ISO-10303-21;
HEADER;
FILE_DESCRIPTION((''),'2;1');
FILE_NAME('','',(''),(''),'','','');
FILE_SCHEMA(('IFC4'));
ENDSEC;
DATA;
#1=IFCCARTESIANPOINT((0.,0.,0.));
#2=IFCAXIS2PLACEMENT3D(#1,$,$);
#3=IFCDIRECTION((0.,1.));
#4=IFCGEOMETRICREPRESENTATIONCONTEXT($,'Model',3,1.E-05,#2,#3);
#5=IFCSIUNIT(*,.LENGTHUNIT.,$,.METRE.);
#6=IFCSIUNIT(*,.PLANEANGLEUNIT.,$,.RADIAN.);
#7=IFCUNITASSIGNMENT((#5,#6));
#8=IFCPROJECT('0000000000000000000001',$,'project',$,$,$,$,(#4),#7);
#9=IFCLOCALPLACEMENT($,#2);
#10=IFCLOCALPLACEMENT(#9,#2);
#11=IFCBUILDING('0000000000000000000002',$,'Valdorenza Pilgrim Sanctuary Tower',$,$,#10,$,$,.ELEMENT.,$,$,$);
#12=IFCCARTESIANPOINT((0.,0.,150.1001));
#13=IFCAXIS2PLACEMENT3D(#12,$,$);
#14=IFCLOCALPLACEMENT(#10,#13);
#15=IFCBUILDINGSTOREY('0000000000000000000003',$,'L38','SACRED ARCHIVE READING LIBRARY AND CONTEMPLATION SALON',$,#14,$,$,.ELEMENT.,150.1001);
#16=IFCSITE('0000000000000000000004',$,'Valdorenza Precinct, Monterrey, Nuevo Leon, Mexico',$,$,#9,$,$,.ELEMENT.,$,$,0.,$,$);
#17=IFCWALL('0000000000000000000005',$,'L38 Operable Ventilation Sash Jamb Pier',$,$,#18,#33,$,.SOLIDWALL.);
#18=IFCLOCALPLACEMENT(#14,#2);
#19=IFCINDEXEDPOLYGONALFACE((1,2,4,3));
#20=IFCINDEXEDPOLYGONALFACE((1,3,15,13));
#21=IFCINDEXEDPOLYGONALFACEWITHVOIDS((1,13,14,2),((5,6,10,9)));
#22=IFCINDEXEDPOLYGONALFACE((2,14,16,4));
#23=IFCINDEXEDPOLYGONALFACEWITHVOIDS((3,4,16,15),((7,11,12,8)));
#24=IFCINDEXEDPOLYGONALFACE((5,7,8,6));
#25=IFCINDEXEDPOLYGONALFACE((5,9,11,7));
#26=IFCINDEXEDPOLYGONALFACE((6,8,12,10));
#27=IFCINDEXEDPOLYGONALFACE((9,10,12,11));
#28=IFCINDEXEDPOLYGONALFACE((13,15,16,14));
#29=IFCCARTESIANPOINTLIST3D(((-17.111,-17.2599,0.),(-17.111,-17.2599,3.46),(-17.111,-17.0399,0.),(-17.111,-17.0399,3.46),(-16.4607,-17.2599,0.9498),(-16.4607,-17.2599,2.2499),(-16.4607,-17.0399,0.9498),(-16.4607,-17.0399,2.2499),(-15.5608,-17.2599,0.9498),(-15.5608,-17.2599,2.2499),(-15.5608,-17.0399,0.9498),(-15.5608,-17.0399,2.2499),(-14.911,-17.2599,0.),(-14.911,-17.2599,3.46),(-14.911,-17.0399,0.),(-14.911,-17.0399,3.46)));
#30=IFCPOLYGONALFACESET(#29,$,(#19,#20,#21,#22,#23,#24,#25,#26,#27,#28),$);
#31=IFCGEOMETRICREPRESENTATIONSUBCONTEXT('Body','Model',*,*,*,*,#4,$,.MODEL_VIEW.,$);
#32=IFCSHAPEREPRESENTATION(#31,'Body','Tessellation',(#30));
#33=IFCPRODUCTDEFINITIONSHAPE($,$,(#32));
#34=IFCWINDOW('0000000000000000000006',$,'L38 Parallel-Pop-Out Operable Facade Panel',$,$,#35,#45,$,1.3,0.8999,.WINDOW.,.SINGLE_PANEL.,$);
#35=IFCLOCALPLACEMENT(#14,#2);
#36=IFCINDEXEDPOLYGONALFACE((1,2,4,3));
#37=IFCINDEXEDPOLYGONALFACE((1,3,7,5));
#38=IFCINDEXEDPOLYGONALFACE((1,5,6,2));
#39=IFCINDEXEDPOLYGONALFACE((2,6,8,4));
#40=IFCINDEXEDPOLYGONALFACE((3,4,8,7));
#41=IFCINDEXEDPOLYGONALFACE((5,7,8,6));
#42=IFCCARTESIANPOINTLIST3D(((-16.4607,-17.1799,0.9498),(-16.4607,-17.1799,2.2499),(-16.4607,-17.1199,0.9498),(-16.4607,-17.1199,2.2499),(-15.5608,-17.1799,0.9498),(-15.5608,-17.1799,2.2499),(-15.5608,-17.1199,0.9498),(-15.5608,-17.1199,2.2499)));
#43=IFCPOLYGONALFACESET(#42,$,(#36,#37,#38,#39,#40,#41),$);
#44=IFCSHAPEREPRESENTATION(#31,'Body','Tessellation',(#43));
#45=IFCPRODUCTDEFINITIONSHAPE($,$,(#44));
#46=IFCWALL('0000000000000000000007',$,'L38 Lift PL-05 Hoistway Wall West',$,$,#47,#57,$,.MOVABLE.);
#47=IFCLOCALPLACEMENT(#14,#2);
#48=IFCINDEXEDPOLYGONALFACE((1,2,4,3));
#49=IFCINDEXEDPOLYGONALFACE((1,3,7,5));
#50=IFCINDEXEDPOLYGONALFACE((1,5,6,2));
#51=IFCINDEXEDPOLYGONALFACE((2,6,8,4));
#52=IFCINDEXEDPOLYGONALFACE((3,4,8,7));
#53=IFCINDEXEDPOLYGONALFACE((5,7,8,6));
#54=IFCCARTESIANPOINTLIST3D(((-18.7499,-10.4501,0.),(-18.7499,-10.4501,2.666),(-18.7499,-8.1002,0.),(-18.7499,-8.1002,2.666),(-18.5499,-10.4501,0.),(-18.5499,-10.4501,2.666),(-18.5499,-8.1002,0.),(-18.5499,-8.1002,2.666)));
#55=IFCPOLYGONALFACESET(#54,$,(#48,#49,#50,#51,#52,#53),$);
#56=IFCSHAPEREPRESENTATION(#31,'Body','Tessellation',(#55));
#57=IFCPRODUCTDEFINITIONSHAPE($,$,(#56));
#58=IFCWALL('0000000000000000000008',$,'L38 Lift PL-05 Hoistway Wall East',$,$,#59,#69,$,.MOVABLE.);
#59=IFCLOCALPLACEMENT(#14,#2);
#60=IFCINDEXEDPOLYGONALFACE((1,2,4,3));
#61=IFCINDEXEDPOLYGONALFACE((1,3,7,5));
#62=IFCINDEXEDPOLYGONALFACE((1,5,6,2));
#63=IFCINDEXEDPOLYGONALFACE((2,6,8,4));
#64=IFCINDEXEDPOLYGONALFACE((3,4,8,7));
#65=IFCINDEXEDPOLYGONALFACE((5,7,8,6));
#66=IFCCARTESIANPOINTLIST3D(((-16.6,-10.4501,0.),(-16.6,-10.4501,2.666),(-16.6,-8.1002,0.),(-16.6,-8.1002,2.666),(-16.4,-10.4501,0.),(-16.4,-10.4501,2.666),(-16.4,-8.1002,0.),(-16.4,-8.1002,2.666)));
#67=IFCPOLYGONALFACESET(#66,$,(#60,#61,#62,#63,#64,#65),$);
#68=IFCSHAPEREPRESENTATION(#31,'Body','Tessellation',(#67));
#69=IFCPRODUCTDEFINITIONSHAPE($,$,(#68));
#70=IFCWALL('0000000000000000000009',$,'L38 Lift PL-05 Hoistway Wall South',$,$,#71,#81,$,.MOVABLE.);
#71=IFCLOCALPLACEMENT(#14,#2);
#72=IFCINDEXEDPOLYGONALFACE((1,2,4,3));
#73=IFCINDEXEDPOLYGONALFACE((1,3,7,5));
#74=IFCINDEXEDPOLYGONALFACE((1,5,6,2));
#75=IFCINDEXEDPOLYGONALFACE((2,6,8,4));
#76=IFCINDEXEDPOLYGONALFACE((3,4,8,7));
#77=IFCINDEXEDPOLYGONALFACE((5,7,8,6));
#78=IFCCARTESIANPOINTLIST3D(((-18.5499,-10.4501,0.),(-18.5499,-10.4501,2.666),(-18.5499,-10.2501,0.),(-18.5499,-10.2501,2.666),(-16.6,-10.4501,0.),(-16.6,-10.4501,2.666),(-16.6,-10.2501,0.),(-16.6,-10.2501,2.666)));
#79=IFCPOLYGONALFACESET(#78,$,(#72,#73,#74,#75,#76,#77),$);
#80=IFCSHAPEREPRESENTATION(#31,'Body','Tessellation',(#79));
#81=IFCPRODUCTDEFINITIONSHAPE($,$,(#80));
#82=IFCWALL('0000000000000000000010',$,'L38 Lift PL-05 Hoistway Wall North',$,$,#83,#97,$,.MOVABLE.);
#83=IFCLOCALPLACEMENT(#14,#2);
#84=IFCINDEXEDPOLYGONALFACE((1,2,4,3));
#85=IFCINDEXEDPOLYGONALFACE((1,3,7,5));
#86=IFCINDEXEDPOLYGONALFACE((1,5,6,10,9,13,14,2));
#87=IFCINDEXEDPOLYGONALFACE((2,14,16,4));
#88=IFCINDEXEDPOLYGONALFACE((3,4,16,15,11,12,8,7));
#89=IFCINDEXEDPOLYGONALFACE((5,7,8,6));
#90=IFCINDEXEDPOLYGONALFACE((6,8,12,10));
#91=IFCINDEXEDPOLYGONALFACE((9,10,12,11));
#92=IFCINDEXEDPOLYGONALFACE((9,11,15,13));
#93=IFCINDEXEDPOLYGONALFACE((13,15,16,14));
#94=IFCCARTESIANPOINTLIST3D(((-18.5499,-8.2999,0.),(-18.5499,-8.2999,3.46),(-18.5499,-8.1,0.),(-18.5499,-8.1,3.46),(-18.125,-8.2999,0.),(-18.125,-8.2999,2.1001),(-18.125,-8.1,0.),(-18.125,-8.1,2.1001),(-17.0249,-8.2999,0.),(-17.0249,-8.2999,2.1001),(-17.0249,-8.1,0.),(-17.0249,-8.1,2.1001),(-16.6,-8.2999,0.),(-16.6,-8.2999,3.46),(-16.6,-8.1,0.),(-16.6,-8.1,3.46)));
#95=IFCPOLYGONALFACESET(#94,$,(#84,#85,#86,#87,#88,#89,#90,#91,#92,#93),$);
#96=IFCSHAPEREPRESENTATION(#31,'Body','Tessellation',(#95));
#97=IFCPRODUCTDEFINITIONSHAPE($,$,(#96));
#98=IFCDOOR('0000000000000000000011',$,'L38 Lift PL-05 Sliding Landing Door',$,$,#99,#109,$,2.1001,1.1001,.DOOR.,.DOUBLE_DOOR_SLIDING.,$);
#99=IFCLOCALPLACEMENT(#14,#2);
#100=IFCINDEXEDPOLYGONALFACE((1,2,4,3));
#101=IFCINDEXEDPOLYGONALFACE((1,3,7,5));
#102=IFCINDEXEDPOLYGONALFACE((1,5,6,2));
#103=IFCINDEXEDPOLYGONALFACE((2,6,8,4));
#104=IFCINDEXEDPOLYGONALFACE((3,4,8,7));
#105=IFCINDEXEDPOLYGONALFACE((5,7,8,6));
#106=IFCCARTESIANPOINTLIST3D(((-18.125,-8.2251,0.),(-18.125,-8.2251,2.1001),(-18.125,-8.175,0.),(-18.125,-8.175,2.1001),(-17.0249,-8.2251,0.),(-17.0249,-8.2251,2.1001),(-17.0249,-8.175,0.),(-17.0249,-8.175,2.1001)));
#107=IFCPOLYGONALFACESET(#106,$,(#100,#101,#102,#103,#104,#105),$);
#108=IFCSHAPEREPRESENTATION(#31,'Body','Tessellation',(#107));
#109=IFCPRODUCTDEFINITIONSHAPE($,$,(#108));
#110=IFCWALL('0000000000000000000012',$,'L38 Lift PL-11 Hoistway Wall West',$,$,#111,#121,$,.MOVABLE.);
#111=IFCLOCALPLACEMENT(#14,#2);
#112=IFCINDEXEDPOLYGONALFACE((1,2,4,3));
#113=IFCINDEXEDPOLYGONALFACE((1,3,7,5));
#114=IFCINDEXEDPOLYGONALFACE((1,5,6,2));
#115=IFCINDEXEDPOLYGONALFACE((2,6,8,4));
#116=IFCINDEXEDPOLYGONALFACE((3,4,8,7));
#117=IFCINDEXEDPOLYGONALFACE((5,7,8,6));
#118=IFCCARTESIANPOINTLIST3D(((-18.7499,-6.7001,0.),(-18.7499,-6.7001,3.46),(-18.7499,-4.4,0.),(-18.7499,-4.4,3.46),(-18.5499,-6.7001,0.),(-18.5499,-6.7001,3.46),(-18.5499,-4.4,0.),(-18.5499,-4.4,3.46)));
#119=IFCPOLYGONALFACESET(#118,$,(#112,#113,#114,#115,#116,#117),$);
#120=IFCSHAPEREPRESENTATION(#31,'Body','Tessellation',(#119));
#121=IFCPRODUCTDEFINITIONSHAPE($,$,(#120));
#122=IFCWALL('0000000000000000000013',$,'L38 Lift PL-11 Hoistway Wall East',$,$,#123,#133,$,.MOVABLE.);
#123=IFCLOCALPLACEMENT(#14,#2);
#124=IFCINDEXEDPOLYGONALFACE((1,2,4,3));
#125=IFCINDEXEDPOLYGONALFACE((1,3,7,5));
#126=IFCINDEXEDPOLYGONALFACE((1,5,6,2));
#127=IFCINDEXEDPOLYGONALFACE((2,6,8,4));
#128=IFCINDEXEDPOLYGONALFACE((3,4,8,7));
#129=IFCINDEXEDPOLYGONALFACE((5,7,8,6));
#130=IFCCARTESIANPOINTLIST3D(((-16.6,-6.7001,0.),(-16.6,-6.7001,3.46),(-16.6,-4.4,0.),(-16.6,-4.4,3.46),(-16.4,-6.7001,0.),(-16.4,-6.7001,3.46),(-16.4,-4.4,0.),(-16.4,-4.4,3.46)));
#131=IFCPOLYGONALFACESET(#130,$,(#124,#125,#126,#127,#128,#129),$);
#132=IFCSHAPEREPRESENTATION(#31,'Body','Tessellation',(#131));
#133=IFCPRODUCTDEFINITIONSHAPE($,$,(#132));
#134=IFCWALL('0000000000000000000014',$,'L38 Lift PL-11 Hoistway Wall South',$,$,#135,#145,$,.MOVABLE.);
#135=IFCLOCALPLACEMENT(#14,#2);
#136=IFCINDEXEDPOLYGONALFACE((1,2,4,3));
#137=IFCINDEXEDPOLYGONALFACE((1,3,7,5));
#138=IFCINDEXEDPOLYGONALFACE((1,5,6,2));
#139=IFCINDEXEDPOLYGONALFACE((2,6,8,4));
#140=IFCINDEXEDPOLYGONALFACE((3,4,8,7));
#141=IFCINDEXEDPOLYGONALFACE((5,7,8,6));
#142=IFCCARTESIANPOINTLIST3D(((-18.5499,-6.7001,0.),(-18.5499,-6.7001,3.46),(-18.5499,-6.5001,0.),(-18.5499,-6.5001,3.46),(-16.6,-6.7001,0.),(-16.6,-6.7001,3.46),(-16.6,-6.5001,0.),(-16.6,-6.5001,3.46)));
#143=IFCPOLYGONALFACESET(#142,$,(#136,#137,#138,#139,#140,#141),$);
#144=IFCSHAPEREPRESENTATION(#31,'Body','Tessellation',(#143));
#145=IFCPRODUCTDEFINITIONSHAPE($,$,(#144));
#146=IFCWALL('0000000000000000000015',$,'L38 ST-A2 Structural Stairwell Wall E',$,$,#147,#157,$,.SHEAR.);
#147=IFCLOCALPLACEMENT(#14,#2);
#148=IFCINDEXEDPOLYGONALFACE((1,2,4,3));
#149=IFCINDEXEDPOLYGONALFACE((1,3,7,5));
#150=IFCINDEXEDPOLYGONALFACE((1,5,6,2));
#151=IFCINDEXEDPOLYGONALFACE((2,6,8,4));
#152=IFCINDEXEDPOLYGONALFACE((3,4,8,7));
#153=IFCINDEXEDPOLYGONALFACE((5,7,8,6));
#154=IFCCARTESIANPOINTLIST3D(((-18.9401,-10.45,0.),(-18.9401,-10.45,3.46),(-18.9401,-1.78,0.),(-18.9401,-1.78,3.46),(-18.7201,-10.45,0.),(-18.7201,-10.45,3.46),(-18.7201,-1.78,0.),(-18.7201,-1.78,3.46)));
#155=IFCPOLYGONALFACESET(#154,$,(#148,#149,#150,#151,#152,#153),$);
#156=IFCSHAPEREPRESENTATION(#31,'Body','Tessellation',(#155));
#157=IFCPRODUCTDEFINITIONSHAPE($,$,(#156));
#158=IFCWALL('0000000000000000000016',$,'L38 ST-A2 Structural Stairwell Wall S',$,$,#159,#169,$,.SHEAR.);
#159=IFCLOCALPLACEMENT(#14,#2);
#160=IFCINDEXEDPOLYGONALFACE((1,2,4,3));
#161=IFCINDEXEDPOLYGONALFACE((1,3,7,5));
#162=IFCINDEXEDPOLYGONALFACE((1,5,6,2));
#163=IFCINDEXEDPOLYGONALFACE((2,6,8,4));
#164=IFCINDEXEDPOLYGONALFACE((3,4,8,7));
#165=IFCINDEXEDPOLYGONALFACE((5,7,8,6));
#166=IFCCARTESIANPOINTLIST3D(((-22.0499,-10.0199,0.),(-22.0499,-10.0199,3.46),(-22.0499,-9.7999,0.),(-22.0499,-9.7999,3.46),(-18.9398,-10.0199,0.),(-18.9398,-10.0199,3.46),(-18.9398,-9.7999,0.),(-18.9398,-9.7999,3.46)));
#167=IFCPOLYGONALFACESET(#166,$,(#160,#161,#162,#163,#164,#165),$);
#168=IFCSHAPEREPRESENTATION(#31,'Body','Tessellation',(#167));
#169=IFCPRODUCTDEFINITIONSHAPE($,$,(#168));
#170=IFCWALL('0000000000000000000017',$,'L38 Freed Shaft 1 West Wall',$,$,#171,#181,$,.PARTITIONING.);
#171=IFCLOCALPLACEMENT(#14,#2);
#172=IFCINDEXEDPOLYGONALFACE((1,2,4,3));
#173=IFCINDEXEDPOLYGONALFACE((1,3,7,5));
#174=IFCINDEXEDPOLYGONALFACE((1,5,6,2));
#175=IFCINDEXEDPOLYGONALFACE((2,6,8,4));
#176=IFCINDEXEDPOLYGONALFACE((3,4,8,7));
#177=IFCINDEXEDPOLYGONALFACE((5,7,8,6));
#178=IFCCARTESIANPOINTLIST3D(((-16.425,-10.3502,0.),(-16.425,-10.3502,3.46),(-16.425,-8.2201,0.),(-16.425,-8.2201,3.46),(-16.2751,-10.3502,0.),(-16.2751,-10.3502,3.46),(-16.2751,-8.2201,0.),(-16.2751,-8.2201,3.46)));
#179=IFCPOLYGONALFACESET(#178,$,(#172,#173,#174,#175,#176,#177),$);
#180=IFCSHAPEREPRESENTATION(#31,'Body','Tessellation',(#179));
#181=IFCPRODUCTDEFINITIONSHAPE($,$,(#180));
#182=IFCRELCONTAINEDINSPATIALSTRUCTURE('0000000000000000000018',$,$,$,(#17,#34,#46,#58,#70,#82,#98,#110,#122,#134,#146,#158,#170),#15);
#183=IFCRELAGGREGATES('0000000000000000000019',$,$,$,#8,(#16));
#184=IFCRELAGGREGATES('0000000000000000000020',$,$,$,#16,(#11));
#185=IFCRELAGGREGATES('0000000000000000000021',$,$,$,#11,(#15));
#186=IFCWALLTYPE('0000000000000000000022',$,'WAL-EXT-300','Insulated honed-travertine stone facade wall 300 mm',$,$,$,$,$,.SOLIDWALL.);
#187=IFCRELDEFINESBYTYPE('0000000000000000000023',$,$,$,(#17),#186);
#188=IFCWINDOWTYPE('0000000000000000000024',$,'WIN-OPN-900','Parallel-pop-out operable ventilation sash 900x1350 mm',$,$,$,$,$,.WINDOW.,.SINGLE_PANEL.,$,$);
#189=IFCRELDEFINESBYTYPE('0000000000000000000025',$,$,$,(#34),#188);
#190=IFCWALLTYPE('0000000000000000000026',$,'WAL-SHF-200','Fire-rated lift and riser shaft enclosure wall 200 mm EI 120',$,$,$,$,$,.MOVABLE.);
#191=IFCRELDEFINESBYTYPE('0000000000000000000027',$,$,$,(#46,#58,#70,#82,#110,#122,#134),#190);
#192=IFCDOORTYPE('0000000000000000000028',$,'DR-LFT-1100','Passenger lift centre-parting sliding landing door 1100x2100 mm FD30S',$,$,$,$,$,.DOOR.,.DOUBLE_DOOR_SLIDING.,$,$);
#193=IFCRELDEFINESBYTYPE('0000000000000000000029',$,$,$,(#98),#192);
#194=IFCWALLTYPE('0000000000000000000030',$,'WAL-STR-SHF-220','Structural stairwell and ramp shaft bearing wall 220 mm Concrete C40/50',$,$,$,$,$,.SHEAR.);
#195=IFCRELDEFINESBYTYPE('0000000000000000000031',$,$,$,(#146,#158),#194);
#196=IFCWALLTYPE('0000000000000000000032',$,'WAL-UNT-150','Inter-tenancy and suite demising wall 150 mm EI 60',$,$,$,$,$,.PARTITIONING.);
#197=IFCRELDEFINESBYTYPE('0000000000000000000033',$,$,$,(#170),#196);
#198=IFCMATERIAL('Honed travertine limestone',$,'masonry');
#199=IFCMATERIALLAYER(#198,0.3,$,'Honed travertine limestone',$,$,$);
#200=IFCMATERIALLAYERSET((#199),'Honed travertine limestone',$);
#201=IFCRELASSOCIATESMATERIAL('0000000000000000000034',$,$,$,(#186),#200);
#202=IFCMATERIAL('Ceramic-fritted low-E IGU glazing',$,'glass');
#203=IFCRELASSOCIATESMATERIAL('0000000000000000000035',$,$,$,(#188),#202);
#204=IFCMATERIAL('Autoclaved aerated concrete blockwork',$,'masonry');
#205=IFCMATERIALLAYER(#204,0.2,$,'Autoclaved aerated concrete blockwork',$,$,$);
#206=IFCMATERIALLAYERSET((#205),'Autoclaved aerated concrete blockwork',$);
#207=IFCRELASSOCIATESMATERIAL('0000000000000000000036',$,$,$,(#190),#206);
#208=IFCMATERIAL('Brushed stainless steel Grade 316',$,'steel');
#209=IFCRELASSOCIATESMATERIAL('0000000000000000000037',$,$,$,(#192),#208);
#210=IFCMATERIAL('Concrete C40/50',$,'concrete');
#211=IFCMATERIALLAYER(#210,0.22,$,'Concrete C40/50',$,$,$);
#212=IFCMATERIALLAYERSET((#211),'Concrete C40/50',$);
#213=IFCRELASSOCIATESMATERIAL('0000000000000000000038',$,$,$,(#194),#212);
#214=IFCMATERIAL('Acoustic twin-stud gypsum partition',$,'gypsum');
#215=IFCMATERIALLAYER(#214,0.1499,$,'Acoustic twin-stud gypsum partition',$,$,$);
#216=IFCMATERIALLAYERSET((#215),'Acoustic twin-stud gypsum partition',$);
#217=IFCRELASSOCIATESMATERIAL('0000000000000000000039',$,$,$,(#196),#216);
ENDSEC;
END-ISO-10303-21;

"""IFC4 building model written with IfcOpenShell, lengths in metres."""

from ifc_helpers import new_model, si_unit, direction, frame, frame_2d, origin, place, context, subcontext, project, spatial, rectangle, extrude, material, layer, layer_set, type_object, element, fill, save


model = new_model("IFC4")

# Units and contexts
model_context = context("Model", 3, precision=1e-05, world=origin(), true_north=direction((0.0, 1.0)))
body_context = subcontext(model_context, "Body", "Model", "MODEL_VIEW")
ifc_project = project(units=[si_unit("LENGTHUNIT", "METRE"), si_unit("PLANEANGLEUNIT", "RADIAN")], contexts=[model_context])

# Site, building, storey
site_placement = place(None, origin())
site = spatial("IfcSite", under=ifc_project, at=site_placement, Name="Valdorenza Precinct, Monterrey, Nuevo Leon, Mexico", CompositionType="ELEMENT", RefElevation=0.0)
building_placement = place(site_placement, origin())
building = spatial("IfcBuilding", under=site, at=building_placement, Name="Valdorenza Pilgrim Sanctuary Tower", CompositionType="ELEMENT")
storey_placement = place(building_placement, frame((0.0, 0.0, 150.1001)))
storey = spatial("IfcBuildingStorey", under=building, at=storey_placement, Name="L38", Description="SACRED ARCHIVE READING LIBRARY AND CONTEMPLATION SALON", CompositionType="ELEMENT", Elevation=150.1001)

# Shared definitions
ifc_material_1 = material(Name="Honed travertine limestone", Category="masonry")
ifc_material_2 = material(Name="Ceramic-fritted low-E IGU glazing", Category="glass")

# Shared definitions
ifc_material_3 = material(Name="Acoustic twin-stud gypsum partition", Category="gypsum")

# Shared definitions
ifc_layer_1 = layer(ifc_material_1, 0.3, Name="Honed travertine limestone")
ifc_layer_set_1 = layer_set([ifc_layer_1], Name="Honed travertine limestone")
wall_type_1 = type_object("IfcWallType", Name="WAL-EXT-300", Description="Insulated honed-travertine stone facade wall 300 mm", PredefinedType="SOLIDWALL", material=ifc_layer_set_1)

# Wall, opening, window
wall_1_placement = place(storey_placement, frame((-14.9109, -17.1499, 0.0), z_axis=(0.0, 0.0, 1.0), x_axis=(-1.0, 0.0, 0.0)))
wall_1 = element("IfcWall", 1, at=wall_1_placement, inside=storey, type_object=wall_type_1, Name="L38 Operable Ventilation Sash Jamb Pier", PredefinedType="SOLIDWALL", context=body_context, shape_type="SweptSolid", body=[
    extrude(rectangle(XDim=2.2, YDim=0.22, at=frame_2d((1.1001, 0.0))), origin(), (0.0, 0.0, 1.0), 3.46),
])
opening_1_placement = place(wall_1_placement, frame((0.6499, 0.0, 0.95)))
opening_1 = element("IfcOpeningElement", 2, at=opening_1_placement, cuts=wall_1, PredefinedType="OPENING", context=body_context, shape_type="SweptSolid", body=[
    extrude(rectangle(XDim=0.8999, YDim=1.3, at=frame_2d((0.45, 0.6499))), frame((0.0, 0.125, 0.0), z_axis=(0.0, -1.0, 0.0), x_axis=(1.0, 0.0, 0.0)), (0.0, 0.0, 1.0), 0.2498),
])
window_type = type_object("IfcWindowType", Name="WIN-OPN-900", Description="Parallel-pop-out operable ventilation sash 900x1350 mm", PartitioningType="SINGLE_PANEL", PredefinedType="WINDOW", material=ifc_material_2)
window_placement = place(opening_1_placement, origin())
window = element("IfcWindow", 3, at=window_placement, inside=storey, type_object=window_type, Name="L38 Parallel-Pop-Out Operable Facade Panel", OverallHeight=1.3, OverallWidth=0.8999, PartitioningType="SINGLE_PANEL", PredefinedType="WINDOW", context=body_context, shape_type="SweptSolid", body=[
    extrude(rectangle(XDim=0.8999, YDim=1.3, at=frame_2d((0.45, 0.6499))), frame((0.0, 0.03, 0.0), z_axis=(0.0, -1.0, 0.0), x_axis=(1.0, 0.0, 0.0)), (0.0, 0.0, 1.0), 0.0601),
])
fill(opening_1, window)

# Walls
ifc_material_4 = material(Name="Autoclaved aerated concrete blockwork", Category="masonry")
ifc_layer_2 = layer(ifc_material_4, 0.2, Name="Autoclaved aerated concrete blockwork")
ifc_layer_set_2 = layer_set([ifc_layer_2], Name="Autoclaved aerated concrete blockwork")
wall_type_2 = type_object("IfcWallType", Name="WAL-SHF-200", Description="Fire-rated lift and riser shaft enclosure wall 200 mm EI 120", PredefinedType="MOVABLE", material=ifc_layer_set_2)
for number, where, z_axis, x_axis, name in (
    (4, (-18.6499, -10.45, 0.0), (0.0, 0.0, 1.0), (0.0, 1.0, 0.0), "L38 Lift PL-05 Hoistway Wall West"),
    (5, (-16.5, -10.45, 0.0), (0.0, 0.0, 1.0), (0.0, 1.0, 0.0), "L38 Lift PL-05 Hoistway Wall East"),
):
    element("IfcWall", number, at=place(storey_placement, frame(where, z_axis=z_axis, x_axis=x_axis)), inside=storey, type_object=wall_type_2, Name=name, PredefinedType="MOVABLE", context=body_context, shape_type="SweptSolid", body=[
        extrude(rectangle(XDim=2.3499, YDim=0.2, at=frame_2d((1.1748, 0.0))), origin(), (0.0, 0.0, 1.0), 2.666),
    ])
wall_2_placement = place(storey_placement, frame((-18.55, -10.3501, 0.0), z_axis=(0.0, 0.0, 1.0), x_axis=(1.0, 0.0, 0.0)))
element("IfcWall", 6, at=wall_2_placement, inside=storey, type_object=wall_type_2, Name="L38 Lift PL-05 Hoistway Wall South", PredefinedType="MOVABLE", context=body_context, shape_type="SweptSolid", body=[
    extrude(rectangle(XDim=1.95, YDim=0.2, at=frame_2d((0.9751, 0.0))), origin(), (0.0, 0.0, 1.0), 2.666),
])

# Wall, opening, door
wall_3_placement = place(storey_placement, frame((-18.55, -8.2, 0.0), z_axis=(0.0, 0.0, 1.0), x_axis=(1.0, 0.0, 0.0)))
wall_3 = element("IfcWall", 7, at=wall_3_placement, inside=storey, type_object=wall_type_2, Name="L38 Lift PL-05 Hoistway Wall North", PredefinedType="MOVABLE", context=body_context, shape_type="SweptSolid", body=[
    extrude(rectangle(XDim=1.95, YDim=0.2, at=frame_2d((0.9751, 0.0))), origin(), (0.0, 0.0, 1.0), 3.46),
])
opening_2_placement = place(wall_3_placement, frame((0.425, 0.0, 0.0)))
opening_2 = element("IfcOpeningElement", 8, at=opening_2_placement, cuts=wall_3, PredefinedType="OPENING", context=body_context, shape_type="SweptSolid", body=[
    extrude(rectangle(XDim=1.1001, YDim=2.1001, at=frame_2d((0.55, 1.05))), frame((0.0, 0.1147, 0.0), z_axis=(0.0, -1.0, 0.0), x_axis=(1.0, 0.0, 0.0)), (0.0, 0.0, 1.0), 0.2297),
])
ifc_material_5 = material(Name="Brushed stainless steel Grade 316", Category="steel")
door_type_1 = type_object("IfcDoorType", Name="DR-LFT-1100", Description="Passenger lift centre-parting sliding landing door 1100x2100 mm FD30S", OperationType="DOUBLE_DOOR_SLIDING", PredefinedType="DOOR", material=ifc_material_5)
door_1_placement = place(opening_2_placement, origin())
door_1 = element("IfcDoor", 9, at=door_1_placement, inside=storey, type_object=door_type_1, Name="L38 Lift PL-05 Sliding Landing Door", OperationType="DOUBLE_DOOR_SLIDING", OverallHeight=2.1001, OverallWidth=1.1001, PredefinedType="DOOR", context=body_context, shape_type="SweptSolid", body=[
    extrude(rectangle(XDim=1.1001, YDim=2.1001, at=frame_2d((0.55, 1.05))), frame((0.0, 0.0249, 0.0), z_axis=(0.0, -1.0, 0.0), x_axis=(1.0, 0.0, 0.0)), (0.0, 0.0, 1.0), 0.05),
])
fill(opening_2, door_1)

# Walls
for number, where, z_axis, x_axis, name in (
    (10, (-18.6499, -6.7, 0.0), (0.0, 0.0, 1.0), (0.0, 1.0, 0.0), "L38 Lift PL-11 Hoistway Wall West"),
    (11, (-16.5, -6.7, 0.0), (0.0, 0.0, 1.0), (0.0, 1.0, 0.0), "L38 Lift PL-11 Hoistway Wall East"),
):
    element("IfcWall", number, at=place(storey_placement, frame(where, z_axis=z_axis, x_axis=x_axis)), inside=storey, type_object=wall_type_2, Name=name, PredefinedType="MOVABLE", context=body_context, shape_type="SweptSolid", body=[
        extrude(rectangle(XDim=2.3, YDim=0.2, at=frame_2d((1.1499, 0.0))), origin(), (0.0, 0.0, 1.0), 3.46),
    ])
wall_4_placement = place(storey_placement, frame((-18.55, -6.6001, 0.0), z_axis=(0.0, 0.0, 1.0), x_axis=(1.0, 0.0, 0.0)))
element("IfcWall", 12, at=wall_4_placement, inside=storey, type_object=wall_type_2, Name="L38 Lift PL-11 Hoistway Wall South", PredefinedType="MOVABLE", context=body_context, shape_type="SweptSolid", body=[
    extrude(rectangle(XDim=1.95, YDim=0.2, at=frame_2d((0.9751, 0.0))), origin(), (0.0, 0.0, 1.0), 3.46),
])
ifc_material_6 = material(Name="Concrete C40/50", Category="concrete")
ifc_layer_3 = layer(ifc_material_6, 0.22, Name="Concrete C40/50")
ifc_layer_set_3 = layer_set([ifc_layer_3], Name="Concrete C40/50")
wall_type_3 = type_object("IfcWallType", Name="WAL-STR-SHF-220", Description="Structural stairwell and ramp shaft bearing wall 220 mm Concrete C40/50", PredefinedType="SHEAR", material=ifc_layer_set_3)
wall_5_placement = place(storey_placement, frame((-18.8301, -10.45, 0.0), z_axis=(0.0, 0.0, 1.0), x_axis=(0.0, 1.0, 0.0)))
element("IfcWall", 13, at=wall_5_placement, inside=storey, type_object=wall_type_3, Name="L38 ST-A2 Structural Stairwell Wall E", PredefinedType="SHEAR", context=body_context, shape_type="SweptSolid", body=[
    extrude(rectangle(XDim=8.6699, YDim=0.22, at=frame_2d((4.335, 0.0))), origin(), (0.0, 0.0, 1.0), 3.46),
])
wall_6_placement = place(storey_placement, frame((-22.05, -9.9099, 0.0), z_axis=(0.0, 0.0, 1.0), x_axis=(1.0, 0.0, 0.0)))
element("IfcWall", 14, at=wall_6_placement, inside=storey, type_object=wall_type_3, Name="L38 ST-A2 Structural Stairwell Wall S", PredefinedType="SHEAR", context=body_context, shape_type="SweptSolid", body=[
    extrude(rectangle(XDim=3.1101, YDim=0.22, at=frame_2d((1.5552, 0.0))), origin(), (0.0, 0.0, 1.0), 3.46),
])
ifc_layer_4 = layer(ifc_material_3, 0.1499, Name="Acoustic twin-stud gypsum partition")
ifc_layer_set_4 = layer_set([ifc_layer_4], Name="Acoustic twin-stud gypsum partition")
wall_type_4 = type_object("IfcWallType", Name="WAL-UNT-150", Description="Inter-tenancy and suite demising wall 150 mm EI 60", PredefinedType="PARTITIONING", material=ifc_layer_set_4)
wall_7_placement = place(storey_placement, frame((-16.3501, -10.3501, 0.0), z_axis=(0.0, 0.0, 1.0), x_axis=(0.0, 1.0, 0.0)))
element("IfcWall", 15, at=wall_7_placement, inside=storey, type_object=wall_type_4, Name="L38 Freed Shaft 1 West Wall", PredefinedType="PARTITIONING", context=body_context, shape_type="SweptSolid", body=[
    extrude(rectangle(XDim=2.1301, YDim=0.1499, at=frame_2d((1.0649, 0.0))), origin(), (0.0, 0.0, 1.0), 3.46),
])

save(model, "model.ifc")
